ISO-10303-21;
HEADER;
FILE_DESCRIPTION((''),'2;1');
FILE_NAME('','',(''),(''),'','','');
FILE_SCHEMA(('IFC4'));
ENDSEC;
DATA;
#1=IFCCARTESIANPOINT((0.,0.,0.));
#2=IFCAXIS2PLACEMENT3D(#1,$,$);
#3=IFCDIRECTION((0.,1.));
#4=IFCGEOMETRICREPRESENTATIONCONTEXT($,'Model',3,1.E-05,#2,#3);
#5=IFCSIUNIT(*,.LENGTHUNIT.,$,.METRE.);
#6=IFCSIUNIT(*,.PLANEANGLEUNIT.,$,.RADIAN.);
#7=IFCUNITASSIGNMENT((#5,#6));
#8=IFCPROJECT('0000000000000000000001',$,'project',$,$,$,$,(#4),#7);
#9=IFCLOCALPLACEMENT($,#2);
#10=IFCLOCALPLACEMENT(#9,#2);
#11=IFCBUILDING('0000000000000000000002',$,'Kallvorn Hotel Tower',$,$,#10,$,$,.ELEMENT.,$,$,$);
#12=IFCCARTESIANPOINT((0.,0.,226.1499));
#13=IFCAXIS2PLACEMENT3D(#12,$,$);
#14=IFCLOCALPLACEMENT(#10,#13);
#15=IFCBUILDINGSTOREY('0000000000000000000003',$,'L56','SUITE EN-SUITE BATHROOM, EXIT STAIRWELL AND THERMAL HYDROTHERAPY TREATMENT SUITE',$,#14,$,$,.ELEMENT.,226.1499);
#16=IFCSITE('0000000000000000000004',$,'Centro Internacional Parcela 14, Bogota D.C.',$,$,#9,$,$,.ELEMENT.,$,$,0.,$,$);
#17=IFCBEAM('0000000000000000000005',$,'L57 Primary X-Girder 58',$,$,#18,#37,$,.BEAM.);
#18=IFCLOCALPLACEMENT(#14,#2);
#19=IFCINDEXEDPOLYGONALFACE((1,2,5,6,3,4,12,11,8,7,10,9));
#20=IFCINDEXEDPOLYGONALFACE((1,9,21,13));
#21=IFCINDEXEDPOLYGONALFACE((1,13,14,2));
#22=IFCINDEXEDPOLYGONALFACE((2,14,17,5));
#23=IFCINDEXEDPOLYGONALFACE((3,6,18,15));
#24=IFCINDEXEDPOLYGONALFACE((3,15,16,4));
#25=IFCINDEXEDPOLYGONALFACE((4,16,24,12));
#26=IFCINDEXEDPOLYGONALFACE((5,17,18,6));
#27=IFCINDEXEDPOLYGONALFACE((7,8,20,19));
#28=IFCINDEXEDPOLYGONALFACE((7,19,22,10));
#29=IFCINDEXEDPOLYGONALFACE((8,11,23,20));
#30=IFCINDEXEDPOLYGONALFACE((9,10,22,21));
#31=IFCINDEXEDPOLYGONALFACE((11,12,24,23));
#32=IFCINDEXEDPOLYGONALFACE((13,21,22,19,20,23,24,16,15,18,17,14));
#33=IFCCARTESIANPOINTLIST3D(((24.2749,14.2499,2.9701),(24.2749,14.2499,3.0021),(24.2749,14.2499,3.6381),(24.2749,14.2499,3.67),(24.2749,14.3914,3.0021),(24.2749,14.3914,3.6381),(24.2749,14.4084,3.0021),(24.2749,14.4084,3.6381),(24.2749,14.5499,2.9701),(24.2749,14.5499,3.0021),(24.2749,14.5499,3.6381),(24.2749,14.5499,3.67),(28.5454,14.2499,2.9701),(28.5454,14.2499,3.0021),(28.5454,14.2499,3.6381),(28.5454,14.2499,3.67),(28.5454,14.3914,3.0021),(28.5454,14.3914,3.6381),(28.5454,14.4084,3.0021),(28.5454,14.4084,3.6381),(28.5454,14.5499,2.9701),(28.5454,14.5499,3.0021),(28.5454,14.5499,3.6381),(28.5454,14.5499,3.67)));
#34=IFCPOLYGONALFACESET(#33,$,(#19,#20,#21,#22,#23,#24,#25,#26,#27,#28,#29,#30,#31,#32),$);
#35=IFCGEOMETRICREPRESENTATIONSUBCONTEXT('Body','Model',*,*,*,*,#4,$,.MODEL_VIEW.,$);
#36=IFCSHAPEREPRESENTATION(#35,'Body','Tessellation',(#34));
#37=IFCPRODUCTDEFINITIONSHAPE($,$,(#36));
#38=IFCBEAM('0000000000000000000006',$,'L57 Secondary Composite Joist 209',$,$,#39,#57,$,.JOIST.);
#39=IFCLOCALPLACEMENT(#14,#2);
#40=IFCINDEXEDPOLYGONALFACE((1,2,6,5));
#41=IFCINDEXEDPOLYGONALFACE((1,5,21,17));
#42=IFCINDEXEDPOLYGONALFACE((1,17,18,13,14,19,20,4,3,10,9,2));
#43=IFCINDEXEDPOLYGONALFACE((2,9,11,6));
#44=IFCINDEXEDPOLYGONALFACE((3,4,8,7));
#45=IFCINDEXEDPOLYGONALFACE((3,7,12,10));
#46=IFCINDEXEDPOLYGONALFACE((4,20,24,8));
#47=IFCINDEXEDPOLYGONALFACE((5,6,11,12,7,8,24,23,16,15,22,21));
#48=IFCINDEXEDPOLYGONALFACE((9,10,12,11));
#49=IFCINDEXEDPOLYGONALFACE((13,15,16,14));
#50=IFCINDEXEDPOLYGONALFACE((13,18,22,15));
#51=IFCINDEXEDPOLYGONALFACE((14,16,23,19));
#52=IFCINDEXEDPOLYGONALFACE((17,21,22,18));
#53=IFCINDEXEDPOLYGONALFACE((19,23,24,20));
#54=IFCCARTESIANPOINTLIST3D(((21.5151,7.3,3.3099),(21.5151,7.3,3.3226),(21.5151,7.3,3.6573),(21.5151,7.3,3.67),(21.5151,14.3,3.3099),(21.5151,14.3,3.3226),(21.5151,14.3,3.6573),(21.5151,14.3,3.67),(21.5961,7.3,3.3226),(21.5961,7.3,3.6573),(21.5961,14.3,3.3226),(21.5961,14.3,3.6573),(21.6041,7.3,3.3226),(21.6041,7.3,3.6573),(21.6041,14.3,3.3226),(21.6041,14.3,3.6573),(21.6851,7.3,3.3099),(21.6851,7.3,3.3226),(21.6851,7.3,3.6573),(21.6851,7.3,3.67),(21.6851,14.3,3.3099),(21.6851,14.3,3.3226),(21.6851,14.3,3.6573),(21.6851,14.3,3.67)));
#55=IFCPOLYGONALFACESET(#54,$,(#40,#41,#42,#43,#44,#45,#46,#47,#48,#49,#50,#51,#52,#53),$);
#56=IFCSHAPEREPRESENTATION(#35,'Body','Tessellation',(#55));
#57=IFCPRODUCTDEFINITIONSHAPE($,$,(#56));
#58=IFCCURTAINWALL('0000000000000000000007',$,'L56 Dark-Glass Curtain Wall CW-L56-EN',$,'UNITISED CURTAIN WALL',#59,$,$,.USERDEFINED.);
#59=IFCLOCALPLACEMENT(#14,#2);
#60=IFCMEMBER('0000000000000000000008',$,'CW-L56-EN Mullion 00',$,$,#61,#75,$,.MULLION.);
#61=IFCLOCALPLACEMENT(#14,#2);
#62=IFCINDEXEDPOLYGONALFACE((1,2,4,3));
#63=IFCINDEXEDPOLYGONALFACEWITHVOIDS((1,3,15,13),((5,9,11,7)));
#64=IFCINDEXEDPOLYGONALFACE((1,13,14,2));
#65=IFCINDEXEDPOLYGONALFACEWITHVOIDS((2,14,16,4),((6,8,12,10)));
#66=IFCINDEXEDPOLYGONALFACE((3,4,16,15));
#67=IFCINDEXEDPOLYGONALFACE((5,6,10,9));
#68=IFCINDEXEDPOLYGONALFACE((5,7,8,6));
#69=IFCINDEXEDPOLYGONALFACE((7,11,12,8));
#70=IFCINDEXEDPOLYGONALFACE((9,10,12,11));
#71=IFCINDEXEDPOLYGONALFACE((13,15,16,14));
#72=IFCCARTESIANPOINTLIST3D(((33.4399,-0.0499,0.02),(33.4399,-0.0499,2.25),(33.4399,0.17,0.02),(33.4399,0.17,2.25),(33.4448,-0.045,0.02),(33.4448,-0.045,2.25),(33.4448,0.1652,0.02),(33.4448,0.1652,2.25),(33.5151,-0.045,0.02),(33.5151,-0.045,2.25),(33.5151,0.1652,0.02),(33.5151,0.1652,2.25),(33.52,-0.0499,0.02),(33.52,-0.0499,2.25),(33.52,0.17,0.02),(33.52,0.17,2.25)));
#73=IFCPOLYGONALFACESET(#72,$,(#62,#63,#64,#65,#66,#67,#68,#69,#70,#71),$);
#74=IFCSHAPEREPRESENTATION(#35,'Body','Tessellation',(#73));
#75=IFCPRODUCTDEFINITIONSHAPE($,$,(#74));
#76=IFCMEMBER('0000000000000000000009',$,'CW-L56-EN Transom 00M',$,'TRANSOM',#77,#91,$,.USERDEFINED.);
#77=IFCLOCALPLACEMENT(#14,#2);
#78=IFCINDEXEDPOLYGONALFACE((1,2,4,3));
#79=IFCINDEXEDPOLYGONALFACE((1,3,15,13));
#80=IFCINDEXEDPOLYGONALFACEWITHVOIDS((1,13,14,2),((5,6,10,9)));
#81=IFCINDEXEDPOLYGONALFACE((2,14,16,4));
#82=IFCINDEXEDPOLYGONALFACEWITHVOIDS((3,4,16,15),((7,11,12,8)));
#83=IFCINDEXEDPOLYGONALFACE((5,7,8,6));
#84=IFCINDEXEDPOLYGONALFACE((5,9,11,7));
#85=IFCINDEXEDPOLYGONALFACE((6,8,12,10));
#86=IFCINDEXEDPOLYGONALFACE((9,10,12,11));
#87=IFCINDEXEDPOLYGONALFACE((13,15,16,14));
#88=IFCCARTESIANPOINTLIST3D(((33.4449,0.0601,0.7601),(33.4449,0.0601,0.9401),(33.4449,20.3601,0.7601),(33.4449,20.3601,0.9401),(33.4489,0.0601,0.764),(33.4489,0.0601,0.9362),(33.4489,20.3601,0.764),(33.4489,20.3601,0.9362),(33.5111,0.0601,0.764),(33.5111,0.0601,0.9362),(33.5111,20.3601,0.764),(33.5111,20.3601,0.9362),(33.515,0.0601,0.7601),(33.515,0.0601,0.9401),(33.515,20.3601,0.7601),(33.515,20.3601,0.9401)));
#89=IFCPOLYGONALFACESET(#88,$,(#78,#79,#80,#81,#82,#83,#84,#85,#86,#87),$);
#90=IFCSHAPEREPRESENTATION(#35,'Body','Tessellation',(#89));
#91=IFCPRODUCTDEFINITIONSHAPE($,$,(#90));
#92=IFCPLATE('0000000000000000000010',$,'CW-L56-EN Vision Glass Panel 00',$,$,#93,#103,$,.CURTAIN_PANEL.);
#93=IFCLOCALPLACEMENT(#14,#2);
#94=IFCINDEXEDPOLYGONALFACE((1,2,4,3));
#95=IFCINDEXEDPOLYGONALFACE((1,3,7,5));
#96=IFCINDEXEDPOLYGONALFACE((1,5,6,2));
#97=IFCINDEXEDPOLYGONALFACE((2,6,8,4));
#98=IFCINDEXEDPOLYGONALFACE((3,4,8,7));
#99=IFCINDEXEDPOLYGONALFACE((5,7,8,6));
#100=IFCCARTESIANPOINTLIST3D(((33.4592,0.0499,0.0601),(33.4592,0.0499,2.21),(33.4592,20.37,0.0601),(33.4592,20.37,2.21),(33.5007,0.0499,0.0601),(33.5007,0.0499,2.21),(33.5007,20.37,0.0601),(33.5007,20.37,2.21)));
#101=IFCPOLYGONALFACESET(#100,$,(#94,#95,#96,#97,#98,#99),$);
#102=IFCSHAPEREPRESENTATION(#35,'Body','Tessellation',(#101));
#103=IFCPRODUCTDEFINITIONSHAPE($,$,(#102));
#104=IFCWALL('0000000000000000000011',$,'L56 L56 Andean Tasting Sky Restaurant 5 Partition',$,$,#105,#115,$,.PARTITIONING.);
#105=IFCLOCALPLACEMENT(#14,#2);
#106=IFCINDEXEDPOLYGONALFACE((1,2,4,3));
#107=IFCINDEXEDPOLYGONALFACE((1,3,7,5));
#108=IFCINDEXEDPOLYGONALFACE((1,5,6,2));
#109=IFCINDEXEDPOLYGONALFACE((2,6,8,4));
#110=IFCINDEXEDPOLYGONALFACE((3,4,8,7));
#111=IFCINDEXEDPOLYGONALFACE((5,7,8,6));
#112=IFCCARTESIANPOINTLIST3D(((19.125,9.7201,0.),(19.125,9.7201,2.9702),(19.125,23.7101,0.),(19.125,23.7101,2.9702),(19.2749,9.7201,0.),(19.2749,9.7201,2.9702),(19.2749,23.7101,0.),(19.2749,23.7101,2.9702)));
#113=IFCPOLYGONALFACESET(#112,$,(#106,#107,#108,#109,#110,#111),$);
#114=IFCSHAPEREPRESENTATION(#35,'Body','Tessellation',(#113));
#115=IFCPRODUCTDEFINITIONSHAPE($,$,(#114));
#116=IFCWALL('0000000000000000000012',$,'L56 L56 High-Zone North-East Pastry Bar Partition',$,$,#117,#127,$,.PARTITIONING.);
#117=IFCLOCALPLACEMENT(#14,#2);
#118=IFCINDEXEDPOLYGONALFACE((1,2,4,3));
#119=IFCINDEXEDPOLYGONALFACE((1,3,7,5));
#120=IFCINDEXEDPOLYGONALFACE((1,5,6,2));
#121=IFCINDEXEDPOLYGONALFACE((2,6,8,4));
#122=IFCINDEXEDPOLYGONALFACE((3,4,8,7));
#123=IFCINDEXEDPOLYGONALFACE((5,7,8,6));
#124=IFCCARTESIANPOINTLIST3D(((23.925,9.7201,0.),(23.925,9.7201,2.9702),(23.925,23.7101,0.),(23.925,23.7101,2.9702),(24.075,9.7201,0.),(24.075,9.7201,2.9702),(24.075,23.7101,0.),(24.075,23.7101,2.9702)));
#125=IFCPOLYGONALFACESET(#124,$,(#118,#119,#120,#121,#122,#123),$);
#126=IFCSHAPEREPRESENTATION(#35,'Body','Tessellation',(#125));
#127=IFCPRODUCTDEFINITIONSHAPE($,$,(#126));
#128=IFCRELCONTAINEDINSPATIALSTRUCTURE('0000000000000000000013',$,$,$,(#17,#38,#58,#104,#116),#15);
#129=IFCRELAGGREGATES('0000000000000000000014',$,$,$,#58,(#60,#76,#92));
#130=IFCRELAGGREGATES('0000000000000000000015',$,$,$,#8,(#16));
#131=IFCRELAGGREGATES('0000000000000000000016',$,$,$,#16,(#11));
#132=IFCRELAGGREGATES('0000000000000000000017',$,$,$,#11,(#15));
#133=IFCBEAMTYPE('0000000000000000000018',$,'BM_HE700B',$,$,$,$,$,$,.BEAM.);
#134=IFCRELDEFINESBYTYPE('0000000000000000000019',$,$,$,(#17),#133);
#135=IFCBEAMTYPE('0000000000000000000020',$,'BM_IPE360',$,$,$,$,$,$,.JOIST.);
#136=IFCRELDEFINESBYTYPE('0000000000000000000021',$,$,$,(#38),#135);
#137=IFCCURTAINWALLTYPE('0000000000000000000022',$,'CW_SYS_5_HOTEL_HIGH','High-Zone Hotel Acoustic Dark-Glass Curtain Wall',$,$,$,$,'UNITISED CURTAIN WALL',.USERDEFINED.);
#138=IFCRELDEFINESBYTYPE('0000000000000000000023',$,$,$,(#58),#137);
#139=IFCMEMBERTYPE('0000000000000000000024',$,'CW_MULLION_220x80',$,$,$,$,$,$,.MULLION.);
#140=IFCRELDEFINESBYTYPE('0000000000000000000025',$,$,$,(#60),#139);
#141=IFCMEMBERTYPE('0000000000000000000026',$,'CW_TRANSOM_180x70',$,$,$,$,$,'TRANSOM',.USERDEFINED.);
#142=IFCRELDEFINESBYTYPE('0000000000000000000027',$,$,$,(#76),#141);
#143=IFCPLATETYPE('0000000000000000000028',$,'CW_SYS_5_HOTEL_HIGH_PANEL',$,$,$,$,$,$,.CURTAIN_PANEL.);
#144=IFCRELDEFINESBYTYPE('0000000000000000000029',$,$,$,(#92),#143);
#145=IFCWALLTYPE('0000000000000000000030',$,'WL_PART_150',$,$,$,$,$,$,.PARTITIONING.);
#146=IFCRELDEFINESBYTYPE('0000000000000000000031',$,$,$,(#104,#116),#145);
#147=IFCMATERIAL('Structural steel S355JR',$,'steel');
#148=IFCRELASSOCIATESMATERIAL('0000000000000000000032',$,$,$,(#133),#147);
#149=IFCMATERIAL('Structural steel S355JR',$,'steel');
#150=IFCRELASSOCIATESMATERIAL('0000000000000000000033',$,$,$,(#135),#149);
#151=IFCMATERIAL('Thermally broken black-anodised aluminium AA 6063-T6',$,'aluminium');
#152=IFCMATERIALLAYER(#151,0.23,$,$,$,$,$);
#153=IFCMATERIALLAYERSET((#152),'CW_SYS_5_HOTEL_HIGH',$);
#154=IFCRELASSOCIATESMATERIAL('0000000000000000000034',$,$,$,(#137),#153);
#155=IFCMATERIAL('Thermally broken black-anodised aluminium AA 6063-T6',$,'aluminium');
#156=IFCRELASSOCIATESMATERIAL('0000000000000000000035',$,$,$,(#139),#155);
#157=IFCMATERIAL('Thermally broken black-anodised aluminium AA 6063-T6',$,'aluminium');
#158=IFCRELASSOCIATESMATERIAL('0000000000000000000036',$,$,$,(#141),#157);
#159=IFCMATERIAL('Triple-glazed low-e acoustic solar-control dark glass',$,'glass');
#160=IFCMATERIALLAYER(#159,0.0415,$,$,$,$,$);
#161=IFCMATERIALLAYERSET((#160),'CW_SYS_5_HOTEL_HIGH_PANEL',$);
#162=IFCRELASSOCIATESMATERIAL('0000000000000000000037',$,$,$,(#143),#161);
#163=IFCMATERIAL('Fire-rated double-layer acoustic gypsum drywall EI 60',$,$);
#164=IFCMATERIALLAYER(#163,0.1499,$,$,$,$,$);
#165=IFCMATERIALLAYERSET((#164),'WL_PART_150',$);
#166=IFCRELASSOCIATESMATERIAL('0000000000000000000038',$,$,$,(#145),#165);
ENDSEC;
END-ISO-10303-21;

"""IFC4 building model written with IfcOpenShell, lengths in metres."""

from ifc_helpers import new_model, si_unit, direction, frame, frame_2d, origin, origin_2d, place, context, subcontext, project, spatial, rectangle, hollow_rectangle, i_section, extrude, material, layer, layer_set, material_profile, profile_set, type_object, element, aggregate, save


model = new_model("IFC4")

# Units and contexts
model_context = context("Model", 3, precision=1e-05, world=origin(), true_north=direction((0.0, 1.0)))
body_context = subcontext(model_context, "Body", "Model", "MODEL_VIEW")
ifc_project = project(units=[si_unit("LENGTHUNIT", "METRE"), si_unit("PLANEANGLEUNIT", "RADIAN")], contexts=[model_context])

# Site, building, storey
site_placement = place(None, origin())
site = spatial("IfcSite", under=ifc_project, at=site_placement, Name="Centro Internacional Parcela 14, Bogota D.C.", CompositionType="ELEMENT", RefElevation=0.0)
building_placement = place(site_placement, origin())
building = spatial("IfcBuilding", under=site, at=building_placement, Name="Kallvorn Hotel Tower", CompositionType="ELEMENT")
storey_placement = place(building_placement, frame((0.0, 0.0, 226.1499)))
storey = spatial("IfcBuildingStorey", under=building, at=storey_placement, Name="L56", Description="SUITE EN-SUITE BATHROOM, EXIT STAIRWELL AND THERMAL HYDROTHERAPY TREATMENT SUITE", CompositionType="ELEMENT", Elevation=226.1499)

# Beams
ifc_material_1 = material(Name="Structural steel S355JR", Category="steel")
ifc_material_profile_1 = material_profile(ifc_material_1, i_section(OverallWidth=0.3, OverallDepth=0.7, WebThickness=0.0171, FlangeThickness=0.032, at=origin_2d()), Name="HE 700 B")
ifc_profile_set_1 = profile_set([ifc_material_profile_1], Name="Structural steel S355JR")
beam_type_1 = type_object("IfcBeamType", Name="BM_HE700B", PredefinedType="BEAM", material=ifc_profile_set_1)
for number, where, z_axis, x_axis, name in (
    (1, (24.2749, 14.3999, 3.3201), (1.0, 0.0, 0.0), (0.0, 1.0, 0.0), "L57 Primary X-Girder 58"),
):
    element("IfcBeam", number, at=place(storey_placement, frame(where, z_axis=z_axis, x_axis=x_axis)), inside=storey, type_object=beam_type_1, Name=name, PredefinedType="BEAM", context=body_context, shape_type="SweptSolid", body=[
        extrude(i_section(OverallWidth=0.3, OverallDepth=0.7, WebThickness=0.0171, FlangeThickness=0.032, at=origin_2d()), origin(), (0.0, 0.0, 1.0), 4.2705),
    ])
ifc_material_2 = material(Name="Structural steel S355JR", Category="steel")
ifc_material_profile_2 = material_profile(ifc_material_2, i_section(OverallWidth=0.1699, OverallDepth=0.3601, WebThickness=0.0081, FlangeThickness=0.0127, at=origin_2d()), Name="IPE 360")
ifc_profile_set_2 = profile_set([ifc_material_profile_2], Name="Structural steel S355JR")
beam_type_2 = type_object("IfcBeamType", Name="BM_IPE360", PredefinedType="JOIST", material=ifc_profile_set_2)
beam_1_placement = place(storey_placement, frame((21.6001, 7.3, 3.49), z_axis=(0.0, 1.0, 0.0), x_axis=(-1.0, 0.0, 0.0)))
element("IfcBeam", 2, at=beam_1_placement, inside=storey, type_object=beam_type_2, Name="L57 Secondary Composite Joist 209", PredefinedType="JOIST", context=body_context, shape_type="SweptSolid", body=[
    extrude(i_section(OverallWidth=0.1699, OverallDepth=0.3601, WebThickness=0.0081, FlangeThickness=0.0127, at=origin_2d()), origin(), (0.0, 0.0, 1.0), 7.0),
])

# Curtain wall, members, plate
ifc_material_3 = material(Name="Thermally broken black-anodised aluminium AA 6063-T6", Category="aluminium")
ifc_layer_1 = layer(ifc_material_3, 0.23)
ifc_layer_set_1 = layer_set([ifc_layer_1], Name="CW_SYS_5_HOTEL_HIGH")
curtain_wall_type = type_object("IfcCurtainWallType", Name="CW_SYS_5_HOTEL_HIGH", Description="High-Zone Hotel Acoustic Dark-Glass Curtain Wall", ElementType="UNITISED CURTAIN WALL", PredefinedType="USERDEFINED", material=ifc_layer_set_1)
curtain_wall_placement = place(storey_placement, origin())
curtain_wall = element("IfcCurtainWall", 3, at=curtain_wall_placement, inside=storey, type_object=curtain_wall_type, Name="L56 Dark-Glass Curtain Wall CW-L56-EN", ObjectType="UNITISED CURTAIN WALL", PredefinedType="USERDEFINED")
ifc_material_4 = material(Name="Thermally broken black-anodised aluminium AA 6063-T6", Category="aluminium")
ifc_material_profile_3 = material_profile(ifc_material_4, hollow_rectangle(XDim=0.0801, YDim=0.22, WallThickness=0.0049, at=origin_2d()), Name="MUL 220x80")
ifc_profile_set_3 = profile_set([ifc_material_profile_3], Name="Thermally broken black-anodised aluminium AA 6063-T6")
member_type_1 = type_object("IfcMemberType", Name="CW_MULLION_220x80", PredefinedType="MULLION", material=ifc_profile_set_3)
member_1_placement = place(storey_placement, frame((33.48, 0.0601, 0.02), z_axis=(0.0, 0.0, 1.0), x_axis=(1.0, 0.0, 0.0)))
member_1 = element("IfcMember", 4, at=member_1_placement, type_object=member_type_1, Name="CW-L56-EN Mullion 00", PredefinedType="MULLION", context=body_context, shape_type="SweptSolid", body=[
    extrude(hollow_rectangle(XDim=0.0801, YDim=0.22, WallThickness=0.0049, at=origin_2d()), origin(), (0.0, 0.0, 1.0), 2.23),
])
ifc_material_5 = material(Name="Thermally broken black-anodised aluminium AA 6063-T6", Category="aluminium")
ifc_material_profile_4 = material_profile(ifc_material_5, hollow_rectangle(XDim=0.0701, YDim=0.1799, WallThickness=0.0039, at=origin_2d()), Name="TRN 180x70")
ifc_profile_set_4 = profile_set([ifc_material_profile_4], Name="Thermally broken black-anodised aluminium AA 6063-T6")
member_type_2 = type_object("IfcMemberType", Name="CW_TRANSOM_180x70", ElementType="TRANSOM", PredefinedType="USERDEFINED", material=ifc_profile_set_4)
member_2_placement = place(storey_placement, frame((33.48, 0.0601, 0.8501), z_axis=(0.0, 1.0, 0.0), x_axis=(-1.0, 0.0, 0.0)))
member_2 = element("IfcMember", 5, at=member_2_placement, type_object=member_type_2, Name="CW-L56-EN Transom 00M", ObjectType="TRANSOM", PredefinedType="USERDEFINED", context=body_context, shape_type="SweptSolid", body=[
    extrude(hollow_rectangle(XDim=0.0701, YDim=0.1799, WallThickness=0.0039, at=origin_2d()), origin(), (0.0, 0.0, 1.0), 20.3),
])
ifc_material_6 = material(Name="Triple-glazed low-e acoustic solar-control dark glass", Category="glass")
ifc_layer_2 = layer(ifc_material_6, 0.0415)
ifc_layer_set_2 = layer_set([ifc_layer_2], Name="CW_SYS_5_HOTEL_HIGH_PANEL")
plate_type = type_object("IfcPlateType", Name="CW_SYS_5_HOTEL_HIGH_PANEL", PredefinedType="CURTAIN_PANEL", material=ifc_layer_set_2)
plate_placement = place(storey_placement, frame((33.48, 10.21, 0.0601), z_axis=(0.0, 0.0, 1.0), x_axis=(0.0, 1.0, 0.0)))
plate = element("IfcPlate", 6, at=plate_placement, type_object=plate_type, Name="CW-L56-EN Vision Glass Panel 00", PredefinedType="CURTAIN_PANEL", context=body_context, shape_type="SweptSolid", body=[
    extrude(rectangle(XDim=20.3201, YDim=0.0415, at=origin_2d()), origin(), (0.0, 0.0, 1.0), 2.1499),
])
aggregate(curtain_wall, [member_1, member_2, plate])

# Walls
ifc_material_7 = material(Name="Fire-rated double-layer acoustic gypsum drywall EI 60")
ifc_layer_3 = layer(ifc_material_7, 0.1499)
ifc_layer_set_3 = layer_set([ifc_layer_3], Name="WL_PART_150")
wall_type = type_object("IfcWallType", Name="WL_PART_150", PredefinedType="PARTITIONING", material=ifc_layer_set_3)
for number, where, z_axis, x_axis, name in (
    (7, (19.2, 9.72, 0.0), (0.0, 0.0, 1.0), (0.0, 1.0, 0.0), "L56 L56 Andean Tasting Sky Restaurant 5 Partition"),
    (8, (24.0, 9.72, 0.0), (0.0, 0.0, 1.0), (0.0, 1.0, 0.0), "L56 L56 High-Zone North-East Pastry Bar Partition"),
):
    element("IfcWall", number, at=place(storey_placement, frame(where, z_axis=z_axis, x_axis=x_axis)), inside=storey, type_object=wall_type, Name=name, PredefinedType="PARTITIONING", context=body_context, shape_type="SweptSolid", body=[
        extrude(rectangle(XDim=13.99, YDim=0.1499, at=frame_2d((6.9951, 0.0))), origin(), (0.0, 0.0, 1.0), 2.9702),
    ])

save(model, "model.ifc")
